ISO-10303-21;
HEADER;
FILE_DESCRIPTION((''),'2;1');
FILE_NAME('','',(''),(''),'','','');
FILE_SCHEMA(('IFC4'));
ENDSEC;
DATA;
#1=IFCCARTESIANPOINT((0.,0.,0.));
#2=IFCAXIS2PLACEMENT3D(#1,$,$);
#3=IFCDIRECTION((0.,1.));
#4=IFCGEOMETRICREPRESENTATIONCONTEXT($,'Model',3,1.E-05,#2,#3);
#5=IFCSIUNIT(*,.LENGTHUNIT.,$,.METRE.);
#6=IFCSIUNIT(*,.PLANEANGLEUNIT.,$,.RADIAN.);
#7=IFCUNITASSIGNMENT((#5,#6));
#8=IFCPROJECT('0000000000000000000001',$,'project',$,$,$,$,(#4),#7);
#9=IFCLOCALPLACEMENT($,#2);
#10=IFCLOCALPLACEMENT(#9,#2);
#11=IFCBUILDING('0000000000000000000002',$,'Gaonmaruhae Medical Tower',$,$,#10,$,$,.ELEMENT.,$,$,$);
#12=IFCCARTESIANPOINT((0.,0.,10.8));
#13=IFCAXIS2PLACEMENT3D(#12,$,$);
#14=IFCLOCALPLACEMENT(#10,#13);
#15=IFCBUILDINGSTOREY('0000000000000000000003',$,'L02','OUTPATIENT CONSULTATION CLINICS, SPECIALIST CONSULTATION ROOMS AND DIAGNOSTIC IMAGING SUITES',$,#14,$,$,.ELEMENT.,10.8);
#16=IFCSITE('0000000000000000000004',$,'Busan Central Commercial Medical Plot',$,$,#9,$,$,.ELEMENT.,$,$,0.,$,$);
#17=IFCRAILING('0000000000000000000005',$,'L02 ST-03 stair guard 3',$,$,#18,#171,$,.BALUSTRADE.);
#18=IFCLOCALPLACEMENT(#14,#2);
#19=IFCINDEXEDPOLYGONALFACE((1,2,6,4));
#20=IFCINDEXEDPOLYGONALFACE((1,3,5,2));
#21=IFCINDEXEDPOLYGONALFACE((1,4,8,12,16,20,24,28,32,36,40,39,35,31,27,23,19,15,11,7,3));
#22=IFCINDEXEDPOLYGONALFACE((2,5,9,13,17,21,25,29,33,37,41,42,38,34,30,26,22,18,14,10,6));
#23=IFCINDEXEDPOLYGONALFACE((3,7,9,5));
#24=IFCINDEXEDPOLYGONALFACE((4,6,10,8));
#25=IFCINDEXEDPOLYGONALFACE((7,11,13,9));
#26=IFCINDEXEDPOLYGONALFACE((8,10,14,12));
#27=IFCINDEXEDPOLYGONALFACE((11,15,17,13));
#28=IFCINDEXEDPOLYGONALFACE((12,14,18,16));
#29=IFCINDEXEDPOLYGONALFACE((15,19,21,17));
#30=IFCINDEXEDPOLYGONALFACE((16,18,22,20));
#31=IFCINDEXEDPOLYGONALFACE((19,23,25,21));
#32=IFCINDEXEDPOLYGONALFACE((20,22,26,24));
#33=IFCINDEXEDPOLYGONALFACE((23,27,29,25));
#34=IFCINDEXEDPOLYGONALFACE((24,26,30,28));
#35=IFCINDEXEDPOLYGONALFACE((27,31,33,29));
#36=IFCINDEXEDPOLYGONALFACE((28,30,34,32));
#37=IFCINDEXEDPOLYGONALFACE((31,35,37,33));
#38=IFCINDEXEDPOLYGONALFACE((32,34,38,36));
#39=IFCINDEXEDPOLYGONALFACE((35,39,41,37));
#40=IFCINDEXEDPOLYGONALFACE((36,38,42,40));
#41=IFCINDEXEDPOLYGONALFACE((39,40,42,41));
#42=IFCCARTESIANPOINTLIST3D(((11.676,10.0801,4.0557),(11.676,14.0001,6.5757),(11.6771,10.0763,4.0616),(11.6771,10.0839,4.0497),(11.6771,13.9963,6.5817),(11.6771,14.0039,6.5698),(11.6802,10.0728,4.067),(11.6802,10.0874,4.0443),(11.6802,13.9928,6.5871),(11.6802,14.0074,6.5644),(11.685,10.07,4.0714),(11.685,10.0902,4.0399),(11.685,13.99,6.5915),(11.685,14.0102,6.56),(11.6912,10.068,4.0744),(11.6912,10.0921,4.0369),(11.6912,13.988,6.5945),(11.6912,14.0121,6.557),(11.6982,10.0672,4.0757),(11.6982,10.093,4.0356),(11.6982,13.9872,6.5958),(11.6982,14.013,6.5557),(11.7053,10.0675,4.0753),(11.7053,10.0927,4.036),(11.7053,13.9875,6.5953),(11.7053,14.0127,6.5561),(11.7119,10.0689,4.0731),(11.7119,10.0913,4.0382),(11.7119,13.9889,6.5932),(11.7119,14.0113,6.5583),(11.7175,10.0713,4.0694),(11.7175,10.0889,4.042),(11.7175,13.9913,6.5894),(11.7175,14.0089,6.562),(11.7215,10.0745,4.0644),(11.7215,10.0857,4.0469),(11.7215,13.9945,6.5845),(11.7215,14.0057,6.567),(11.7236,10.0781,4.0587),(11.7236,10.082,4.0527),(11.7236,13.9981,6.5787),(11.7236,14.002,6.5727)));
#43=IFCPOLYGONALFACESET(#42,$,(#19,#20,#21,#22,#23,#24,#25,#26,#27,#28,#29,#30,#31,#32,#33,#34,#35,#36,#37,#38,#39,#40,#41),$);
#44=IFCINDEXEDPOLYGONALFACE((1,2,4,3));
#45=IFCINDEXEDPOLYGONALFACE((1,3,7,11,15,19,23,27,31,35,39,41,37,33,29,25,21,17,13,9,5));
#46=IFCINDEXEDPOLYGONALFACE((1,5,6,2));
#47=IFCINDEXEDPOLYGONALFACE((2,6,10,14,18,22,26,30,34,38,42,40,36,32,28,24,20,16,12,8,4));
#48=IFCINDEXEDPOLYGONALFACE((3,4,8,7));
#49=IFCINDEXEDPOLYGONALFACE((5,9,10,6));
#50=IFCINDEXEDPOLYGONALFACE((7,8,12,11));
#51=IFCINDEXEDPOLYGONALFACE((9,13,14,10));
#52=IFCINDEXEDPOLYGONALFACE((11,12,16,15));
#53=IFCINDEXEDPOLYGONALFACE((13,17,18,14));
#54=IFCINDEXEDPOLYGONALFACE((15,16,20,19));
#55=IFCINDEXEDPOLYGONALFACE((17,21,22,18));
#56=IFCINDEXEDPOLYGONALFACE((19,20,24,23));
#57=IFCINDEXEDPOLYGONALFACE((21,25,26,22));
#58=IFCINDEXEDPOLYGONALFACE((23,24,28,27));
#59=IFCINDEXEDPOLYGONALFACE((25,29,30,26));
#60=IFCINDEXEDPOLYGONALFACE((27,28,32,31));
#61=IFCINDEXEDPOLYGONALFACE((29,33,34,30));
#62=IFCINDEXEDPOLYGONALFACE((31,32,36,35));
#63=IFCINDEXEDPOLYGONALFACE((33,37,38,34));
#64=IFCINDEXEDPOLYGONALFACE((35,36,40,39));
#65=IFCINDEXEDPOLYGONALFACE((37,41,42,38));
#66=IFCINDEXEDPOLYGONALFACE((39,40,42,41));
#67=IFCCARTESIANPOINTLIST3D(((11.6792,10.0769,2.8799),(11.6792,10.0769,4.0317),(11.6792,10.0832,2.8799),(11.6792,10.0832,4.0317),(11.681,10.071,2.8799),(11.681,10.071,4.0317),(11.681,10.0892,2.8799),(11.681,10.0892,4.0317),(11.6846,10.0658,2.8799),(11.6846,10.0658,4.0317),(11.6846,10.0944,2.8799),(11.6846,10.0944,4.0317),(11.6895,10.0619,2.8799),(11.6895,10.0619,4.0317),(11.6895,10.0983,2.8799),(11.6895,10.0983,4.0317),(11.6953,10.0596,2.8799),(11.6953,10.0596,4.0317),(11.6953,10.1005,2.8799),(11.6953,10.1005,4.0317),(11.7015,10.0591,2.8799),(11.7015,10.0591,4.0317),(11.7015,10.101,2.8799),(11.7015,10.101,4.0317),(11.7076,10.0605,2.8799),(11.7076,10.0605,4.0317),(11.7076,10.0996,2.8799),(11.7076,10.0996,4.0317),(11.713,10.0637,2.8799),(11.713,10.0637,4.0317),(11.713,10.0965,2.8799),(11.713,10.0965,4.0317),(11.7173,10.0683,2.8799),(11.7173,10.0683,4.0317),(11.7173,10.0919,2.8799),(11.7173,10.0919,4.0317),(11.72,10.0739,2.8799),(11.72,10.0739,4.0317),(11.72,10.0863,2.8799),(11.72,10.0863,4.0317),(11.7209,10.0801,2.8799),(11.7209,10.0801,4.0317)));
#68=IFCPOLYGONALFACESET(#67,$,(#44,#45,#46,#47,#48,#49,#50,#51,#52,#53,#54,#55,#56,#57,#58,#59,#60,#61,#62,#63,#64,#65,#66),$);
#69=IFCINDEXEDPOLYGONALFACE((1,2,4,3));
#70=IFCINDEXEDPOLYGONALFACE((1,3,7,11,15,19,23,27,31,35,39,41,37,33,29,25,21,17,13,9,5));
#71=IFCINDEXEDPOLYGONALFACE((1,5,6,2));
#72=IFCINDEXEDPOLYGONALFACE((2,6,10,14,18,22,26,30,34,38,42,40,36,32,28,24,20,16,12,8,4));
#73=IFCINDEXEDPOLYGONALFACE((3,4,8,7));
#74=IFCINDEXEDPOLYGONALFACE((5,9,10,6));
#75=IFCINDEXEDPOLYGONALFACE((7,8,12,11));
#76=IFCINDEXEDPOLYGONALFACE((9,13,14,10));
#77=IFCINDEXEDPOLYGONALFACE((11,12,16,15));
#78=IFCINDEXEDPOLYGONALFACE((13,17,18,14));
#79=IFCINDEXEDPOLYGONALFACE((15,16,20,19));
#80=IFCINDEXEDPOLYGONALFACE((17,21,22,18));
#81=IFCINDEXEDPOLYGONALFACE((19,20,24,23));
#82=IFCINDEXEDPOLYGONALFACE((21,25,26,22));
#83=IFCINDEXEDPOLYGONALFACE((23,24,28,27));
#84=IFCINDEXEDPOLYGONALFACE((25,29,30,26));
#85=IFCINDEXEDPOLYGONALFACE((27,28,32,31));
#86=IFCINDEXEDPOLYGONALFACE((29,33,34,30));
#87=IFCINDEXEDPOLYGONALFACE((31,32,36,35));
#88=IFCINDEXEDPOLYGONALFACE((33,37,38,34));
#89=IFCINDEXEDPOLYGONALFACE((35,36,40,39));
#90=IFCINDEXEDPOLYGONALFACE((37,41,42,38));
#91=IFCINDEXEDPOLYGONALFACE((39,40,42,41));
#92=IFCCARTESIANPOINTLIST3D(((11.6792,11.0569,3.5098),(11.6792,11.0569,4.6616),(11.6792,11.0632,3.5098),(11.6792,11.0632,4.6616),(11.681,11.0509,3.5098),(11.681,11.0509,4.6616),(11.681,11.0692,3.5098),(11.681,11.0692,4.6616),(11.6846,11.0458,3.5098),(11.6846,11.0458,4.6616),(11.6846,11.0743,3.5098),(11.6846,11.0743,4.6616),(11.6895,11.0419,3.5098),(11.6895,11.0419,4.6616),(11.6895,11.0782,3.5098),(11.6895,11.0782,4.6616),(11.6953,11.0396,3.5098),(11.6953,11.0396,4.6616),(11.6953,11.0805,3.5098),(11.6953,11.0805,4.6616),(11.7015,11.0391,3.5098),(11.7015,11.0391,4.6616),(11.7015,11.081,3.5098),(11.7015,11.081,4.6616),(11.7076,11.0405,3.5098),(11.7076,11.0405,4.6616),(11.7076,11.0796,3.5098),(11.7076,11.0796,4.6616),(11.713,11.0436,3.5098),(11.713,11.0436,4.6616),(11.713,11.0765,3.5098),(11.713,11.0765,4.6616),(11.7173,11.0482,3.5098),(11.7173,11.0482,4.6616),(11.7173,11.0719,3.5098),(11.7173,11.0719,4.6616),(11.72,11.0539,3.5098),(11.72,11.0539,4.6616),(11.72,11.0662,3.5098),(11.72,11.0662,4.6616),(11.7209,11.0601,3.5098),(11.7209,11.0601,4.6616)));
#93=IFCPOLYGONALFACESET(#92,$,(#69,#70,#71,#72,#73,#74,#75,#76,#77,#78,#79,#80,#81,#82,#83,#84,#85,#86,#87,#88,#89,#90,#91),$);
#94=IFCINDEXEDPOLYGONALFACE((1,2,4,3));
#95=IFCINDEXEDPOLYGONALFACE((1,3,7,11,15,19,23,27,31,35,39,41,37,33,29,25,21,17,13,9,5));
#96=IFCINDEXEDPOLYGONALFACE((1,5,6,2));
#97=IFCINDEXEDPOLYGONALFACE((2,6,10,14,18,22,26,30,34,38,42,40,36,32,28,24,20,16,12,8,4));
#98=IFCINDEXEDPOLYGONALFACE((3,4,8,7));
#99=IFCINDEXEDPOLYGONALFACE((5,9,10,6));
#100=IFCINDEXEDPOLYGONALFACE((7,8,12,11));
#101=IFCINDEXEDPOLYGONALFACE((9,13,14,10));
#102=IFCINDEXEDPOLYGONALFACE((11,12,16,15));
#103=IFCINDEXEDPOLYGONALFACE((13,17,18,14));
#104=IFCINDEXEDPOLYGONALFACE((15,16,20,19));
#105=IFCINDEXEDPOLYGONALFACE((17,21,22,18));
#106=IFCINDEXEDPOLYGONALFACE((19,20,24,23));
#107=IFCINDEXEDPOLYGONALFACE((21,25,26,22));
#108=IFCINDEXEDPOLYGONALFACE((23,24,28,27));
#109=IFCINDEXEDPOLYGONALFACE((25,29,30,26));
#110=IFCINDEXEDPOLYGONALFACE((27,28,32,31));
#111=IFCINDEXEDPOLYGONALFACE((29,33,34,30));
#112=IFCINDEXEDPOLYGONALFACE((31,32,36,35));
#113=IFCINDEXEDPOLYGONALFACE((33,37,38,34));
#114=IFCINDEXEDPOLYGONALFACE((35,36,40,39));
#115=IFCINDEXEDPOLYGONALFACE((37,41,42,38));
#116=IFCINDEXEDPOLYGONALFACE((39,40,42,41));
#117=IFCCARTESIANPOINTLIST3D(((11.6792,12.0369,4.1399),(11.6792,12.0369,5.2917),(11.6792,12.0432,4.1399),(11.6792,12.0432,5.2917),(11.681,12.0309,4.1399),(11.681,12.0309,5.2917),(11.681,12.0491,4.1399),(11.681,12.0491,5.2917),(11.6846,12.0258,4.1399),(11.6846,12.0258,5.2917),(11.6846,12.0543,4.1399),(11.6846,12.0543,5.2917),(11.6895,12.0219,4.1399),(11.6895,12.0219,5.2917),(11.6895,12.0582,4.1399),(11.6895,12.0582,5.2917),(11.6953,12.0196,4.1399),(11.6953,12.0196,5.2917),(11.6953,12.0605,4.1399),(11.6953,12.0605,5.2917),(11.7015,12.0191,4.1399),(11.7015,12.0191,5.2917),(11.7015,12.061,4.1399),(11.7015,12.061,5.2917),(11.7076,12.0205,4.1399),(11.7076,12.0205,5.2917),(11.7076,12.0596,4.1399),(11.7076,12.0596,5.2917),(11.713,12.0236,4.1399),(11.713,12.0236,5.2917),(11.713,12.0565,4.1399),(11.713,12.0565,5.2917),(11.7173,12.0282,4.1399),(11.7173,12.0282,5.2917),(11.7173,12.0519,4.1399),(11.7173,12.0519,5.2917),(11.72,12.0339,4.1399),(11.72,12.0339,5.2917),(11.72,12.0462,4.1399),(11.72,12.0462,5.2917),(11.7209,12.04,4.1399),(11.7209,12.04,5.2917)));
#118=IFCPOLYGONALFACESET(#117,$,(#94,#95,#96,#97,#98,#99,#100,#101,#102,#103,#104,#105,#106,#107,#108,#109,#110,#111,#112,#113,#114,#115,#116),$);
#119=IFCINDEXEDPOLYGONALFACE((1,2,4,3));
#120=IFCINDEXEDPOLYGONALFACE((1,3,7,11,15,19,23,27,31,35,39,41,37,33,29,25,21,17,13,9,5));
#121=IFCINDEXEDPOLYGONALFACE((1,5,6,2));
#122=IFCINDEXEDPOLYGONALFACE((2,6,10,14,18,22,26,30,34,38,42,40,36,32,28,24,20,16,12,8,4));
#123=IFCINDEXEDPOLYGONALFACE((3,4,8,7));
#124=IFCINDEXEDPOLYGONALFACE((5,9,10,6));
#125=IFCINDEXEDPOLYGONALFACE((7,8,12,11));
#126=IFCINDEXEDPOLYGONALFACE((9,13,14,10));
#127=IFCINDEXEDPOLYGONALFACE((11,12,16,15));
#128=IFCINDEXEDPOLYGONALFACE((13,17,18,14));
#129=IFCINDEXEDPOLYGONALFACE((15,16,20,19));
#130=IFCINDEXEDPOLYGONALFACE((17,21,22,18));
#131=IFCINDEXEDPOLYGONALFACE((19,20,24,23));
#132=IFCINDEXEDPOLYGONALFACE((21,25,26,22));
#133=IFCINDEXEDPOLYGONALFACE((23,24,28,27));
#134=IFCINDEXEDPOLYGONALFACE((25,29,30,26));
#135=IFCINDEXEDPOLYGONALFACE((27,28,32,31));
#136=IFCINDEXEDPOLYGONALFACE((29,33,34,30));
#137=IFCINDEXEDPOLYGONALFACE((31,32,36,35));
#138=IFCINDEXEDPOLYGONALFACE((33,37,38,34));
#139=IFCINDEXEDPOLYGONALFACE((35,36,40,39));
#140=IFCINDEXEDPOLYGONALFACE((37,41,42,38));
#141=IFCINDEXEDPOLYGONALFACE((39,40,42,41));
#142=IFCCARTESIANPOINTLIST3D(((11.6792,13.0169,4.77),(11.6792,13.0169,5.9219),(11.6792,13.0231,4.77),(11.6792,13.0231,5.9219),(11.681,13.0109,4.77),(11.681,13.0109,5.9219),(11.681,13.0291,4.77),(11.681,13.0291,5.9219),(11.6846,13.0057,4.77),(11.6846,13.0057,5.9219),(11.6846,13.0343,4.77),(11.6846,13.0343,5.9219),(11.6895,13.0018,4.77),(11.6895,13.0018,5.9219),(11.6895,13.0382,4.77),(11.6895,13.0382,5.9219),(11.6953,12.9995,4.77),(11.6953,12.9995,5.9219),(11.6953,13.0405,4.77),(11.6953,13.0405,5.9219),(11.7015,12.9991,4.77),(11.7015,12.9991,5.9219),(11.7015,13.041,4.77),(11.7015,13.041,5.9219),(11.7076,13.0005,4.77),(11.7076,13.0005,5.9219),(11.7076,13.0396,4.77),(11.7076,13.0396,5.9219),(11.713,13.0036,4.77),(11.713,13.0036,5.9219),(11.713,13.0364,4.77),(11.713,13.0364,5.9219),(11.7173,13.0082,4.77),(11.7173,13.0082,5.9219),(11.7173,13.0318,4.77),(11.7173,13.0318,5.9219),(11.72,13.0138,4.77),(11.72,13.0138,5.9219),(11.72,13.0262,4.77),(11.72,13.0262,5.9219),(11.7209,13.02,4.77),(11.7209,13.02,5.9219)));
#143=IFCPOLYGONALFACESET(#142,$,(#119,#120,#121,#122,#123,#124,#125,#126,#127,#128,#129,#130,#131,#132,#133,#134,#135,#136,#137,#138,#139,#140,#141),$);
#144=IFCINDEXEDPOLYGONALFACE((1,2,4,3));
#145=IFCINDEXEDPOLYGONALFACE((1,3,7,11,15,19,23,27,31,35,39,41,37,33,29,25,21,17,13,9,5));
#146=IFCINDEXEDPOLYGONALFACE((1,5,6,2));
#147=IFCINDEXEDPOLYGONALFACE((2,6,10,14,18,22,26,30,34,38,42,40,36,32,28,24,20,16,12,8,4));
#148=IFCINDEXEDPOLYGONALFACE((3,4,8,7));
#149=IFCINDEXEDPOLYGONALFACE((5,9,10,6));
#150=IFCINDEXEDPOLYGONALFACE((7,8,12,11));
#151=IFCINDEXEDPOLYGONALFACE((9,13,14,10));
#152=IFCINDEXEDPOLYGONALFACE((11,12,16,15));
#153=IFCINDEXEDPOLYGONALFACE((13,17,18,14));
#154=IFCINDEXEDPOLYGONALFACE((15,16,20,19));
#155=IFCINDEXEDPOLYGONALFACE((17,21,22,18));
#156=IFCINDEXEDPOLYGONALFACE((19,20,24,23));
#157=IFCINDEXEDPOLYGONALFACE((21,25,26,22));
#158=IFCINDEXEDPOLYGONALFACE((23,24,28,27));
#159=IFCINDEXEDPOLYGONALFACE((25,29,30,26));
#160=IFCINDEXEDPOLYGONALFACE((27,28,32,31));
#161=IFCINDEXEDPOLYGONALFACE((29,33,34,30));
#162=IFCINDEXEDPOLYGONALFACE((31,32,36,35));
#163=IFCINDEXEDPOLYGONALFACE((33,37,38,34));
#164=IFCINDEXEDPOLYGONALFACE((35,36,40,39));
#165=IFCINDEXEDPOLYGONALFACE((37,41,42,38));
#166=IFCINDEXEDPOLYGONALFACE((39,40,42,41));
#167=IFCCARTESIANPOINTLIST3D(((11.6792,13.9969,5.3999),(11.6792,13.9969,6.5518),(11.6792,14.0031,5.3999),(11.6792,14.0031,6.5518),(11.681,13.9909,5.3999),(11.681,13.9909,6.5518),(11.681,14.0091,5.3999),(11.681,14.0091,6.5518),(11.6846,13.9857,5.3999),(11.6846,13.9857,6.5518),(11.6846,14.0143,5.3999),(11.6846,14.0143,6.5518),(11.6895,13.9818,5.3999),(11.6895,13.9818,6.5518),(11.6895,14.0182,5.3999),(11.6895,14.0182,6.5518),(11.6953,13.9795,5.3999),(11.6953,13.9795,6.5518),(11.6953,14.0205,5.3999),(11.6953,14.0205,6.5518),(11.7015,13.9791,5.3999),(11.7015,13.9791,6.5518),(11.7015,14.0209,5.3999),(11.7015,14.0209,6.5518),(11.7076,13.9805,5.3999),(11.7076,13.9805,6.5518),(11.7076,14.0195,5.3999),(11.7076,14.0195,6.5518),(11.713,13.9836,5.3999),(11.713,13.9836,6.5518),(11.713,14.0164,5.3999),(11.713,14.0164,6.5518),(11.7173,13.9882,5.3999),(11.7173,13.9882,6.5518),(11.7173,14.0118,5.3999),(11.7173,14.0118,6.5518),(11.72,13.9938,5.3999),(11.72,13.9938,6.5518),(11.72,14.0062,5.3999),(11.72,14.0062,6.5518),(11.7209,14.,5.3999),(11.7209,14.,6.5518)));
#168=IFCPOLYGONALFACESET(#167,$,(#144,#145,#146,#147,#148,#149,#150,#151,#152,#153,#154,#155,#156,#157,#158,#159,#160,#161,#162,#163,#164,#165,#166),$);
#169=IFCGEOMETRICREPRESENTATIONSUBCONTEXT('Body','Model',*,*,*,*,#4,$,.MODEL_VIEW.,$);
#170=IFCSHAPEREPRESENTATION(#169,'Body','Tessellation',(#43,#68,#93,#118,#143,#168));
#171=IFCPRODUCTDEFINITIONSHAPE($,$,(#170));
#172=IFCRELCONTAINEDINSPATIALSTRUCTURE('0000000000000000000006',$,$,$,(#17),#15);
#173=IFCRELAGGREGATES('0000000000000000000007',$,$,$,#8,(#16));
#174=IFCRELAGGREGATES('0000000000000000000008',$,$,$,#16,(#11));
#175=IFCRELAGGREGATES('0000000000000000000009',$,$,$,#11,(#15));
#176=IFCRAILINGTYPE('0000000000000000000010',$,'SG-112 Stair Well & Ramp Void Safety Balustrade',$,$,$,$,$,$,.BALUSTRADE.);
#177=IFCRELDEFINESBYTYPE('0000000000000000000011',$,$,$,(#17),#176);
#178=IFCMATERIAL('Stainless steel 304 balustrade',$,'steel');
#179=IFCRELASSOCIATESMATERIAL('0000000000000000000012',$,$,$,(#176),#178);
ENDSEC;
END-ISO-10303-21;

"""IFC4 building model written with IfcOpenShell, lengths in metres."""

from ifc_helpers import new_model, si_unit, direction, frame, origin, origin_2d, place, context, subcontext, project, spatial, circle, extrude, material, type_object, element, save


model = new_model("IFC4")

# Units and contexts
model_context = context("Model", 3, precision=1e-05, world=origin(), true_north=direction((0.0, 1.0)))
body_context = subcontext(model_context, "Body", "Model", "MODEL_VIEW")
ifc_project = project(units=[si_unit("LENGTHUNIT", "METRE"), si_unit("PLANEANGLEUNIT", "RADIAN")], contexts=[model_context])

# Site, building, storey
site_placement = place(None, origin())
site = spatial("IfcSite", under=ifc_project, at=site_placement, Name="Busan Central Commercial Medical Plot", CompositionType="ELEMENT", RefElevation=0.0)
building_placement = place(site_placement, origin())
building = spatial("IfcBuilding", under=site, at=building_placement, Name="Gaonmaruhae Medical Tower", CompositionType="ELEMENT")
storey_placement = place(building_placement, frame((0.0, 0.0, 10.8)))
storey = spatial("IfcBuildingStorey", under=building, at=storey_placement, Name="L02", Description="OUTPATIENT CONSULTATION CLINICS, SPECIALIST CONSULTATION ROOMS AND DIAGNOSTIC IMAGING SUITES", CompositionType="ELEMENT", Elevation=10.8)

# Railing
ifc_material_1 = material(Name="Stainless steel 304 balustrade", Category="steel")
railing_type_1 = type_object("IfcRailingType", Name="SG-112 Stair Well & Ramp Void Safety Balustrade", PredefinedType="BALUSTRADE", material=ifc_material_1)
railing_1_placement = place(storey_placement, frame((11.7, 10.0801, 2.8799)))
element("IfcRailing", 1, at=railing_1_placement, inside=storey, type_object=railing_type_1, Name="L02 ST-03 stair guard 3", PredefinedType="BALUSTRADE", context=body_context, shape_type="SweptSolid", body=[
    extrude(circle(Radius=0.0239, at=origin_2d()), frame((0.0, 0.0, 1.1758), z_axis=(0.0, 0.841172, 0.540768), x_axis=(-1.0, 0.0, 0.0)), (0.0, 0.0, 1.0), 4.6602),
    extrude(circle(Radius=0.021, at=origin_2d()), origin(), (0.0, 0.0, 1.0), 1.1519),
    extrude(circle(Radius=0.021, at=origin_2d()), frame((0.0, 0.98, 0.6299)), (0.0, 0.0, 1.0), 1.1519),
    extrude(circle(Radius=0.021, at=origin_2d()), frame((0.0, 1.96, 1.26)), (0.0, 0.0, 1.0), 1.1519),
    extrude(circle(Radius=0.021, at=origin_2d()), frame((0.0, 2.9399, 1.8901)), (0.0, 0.0, 1.0), 1.1519),
    extrude(circle(Radius=0.021, at=origin_2d()), frame((0.0, 3.9199, 2.52)), (0.0, 0.0, 1.0), 1.1519),
])

save(model, "model.ifc")
